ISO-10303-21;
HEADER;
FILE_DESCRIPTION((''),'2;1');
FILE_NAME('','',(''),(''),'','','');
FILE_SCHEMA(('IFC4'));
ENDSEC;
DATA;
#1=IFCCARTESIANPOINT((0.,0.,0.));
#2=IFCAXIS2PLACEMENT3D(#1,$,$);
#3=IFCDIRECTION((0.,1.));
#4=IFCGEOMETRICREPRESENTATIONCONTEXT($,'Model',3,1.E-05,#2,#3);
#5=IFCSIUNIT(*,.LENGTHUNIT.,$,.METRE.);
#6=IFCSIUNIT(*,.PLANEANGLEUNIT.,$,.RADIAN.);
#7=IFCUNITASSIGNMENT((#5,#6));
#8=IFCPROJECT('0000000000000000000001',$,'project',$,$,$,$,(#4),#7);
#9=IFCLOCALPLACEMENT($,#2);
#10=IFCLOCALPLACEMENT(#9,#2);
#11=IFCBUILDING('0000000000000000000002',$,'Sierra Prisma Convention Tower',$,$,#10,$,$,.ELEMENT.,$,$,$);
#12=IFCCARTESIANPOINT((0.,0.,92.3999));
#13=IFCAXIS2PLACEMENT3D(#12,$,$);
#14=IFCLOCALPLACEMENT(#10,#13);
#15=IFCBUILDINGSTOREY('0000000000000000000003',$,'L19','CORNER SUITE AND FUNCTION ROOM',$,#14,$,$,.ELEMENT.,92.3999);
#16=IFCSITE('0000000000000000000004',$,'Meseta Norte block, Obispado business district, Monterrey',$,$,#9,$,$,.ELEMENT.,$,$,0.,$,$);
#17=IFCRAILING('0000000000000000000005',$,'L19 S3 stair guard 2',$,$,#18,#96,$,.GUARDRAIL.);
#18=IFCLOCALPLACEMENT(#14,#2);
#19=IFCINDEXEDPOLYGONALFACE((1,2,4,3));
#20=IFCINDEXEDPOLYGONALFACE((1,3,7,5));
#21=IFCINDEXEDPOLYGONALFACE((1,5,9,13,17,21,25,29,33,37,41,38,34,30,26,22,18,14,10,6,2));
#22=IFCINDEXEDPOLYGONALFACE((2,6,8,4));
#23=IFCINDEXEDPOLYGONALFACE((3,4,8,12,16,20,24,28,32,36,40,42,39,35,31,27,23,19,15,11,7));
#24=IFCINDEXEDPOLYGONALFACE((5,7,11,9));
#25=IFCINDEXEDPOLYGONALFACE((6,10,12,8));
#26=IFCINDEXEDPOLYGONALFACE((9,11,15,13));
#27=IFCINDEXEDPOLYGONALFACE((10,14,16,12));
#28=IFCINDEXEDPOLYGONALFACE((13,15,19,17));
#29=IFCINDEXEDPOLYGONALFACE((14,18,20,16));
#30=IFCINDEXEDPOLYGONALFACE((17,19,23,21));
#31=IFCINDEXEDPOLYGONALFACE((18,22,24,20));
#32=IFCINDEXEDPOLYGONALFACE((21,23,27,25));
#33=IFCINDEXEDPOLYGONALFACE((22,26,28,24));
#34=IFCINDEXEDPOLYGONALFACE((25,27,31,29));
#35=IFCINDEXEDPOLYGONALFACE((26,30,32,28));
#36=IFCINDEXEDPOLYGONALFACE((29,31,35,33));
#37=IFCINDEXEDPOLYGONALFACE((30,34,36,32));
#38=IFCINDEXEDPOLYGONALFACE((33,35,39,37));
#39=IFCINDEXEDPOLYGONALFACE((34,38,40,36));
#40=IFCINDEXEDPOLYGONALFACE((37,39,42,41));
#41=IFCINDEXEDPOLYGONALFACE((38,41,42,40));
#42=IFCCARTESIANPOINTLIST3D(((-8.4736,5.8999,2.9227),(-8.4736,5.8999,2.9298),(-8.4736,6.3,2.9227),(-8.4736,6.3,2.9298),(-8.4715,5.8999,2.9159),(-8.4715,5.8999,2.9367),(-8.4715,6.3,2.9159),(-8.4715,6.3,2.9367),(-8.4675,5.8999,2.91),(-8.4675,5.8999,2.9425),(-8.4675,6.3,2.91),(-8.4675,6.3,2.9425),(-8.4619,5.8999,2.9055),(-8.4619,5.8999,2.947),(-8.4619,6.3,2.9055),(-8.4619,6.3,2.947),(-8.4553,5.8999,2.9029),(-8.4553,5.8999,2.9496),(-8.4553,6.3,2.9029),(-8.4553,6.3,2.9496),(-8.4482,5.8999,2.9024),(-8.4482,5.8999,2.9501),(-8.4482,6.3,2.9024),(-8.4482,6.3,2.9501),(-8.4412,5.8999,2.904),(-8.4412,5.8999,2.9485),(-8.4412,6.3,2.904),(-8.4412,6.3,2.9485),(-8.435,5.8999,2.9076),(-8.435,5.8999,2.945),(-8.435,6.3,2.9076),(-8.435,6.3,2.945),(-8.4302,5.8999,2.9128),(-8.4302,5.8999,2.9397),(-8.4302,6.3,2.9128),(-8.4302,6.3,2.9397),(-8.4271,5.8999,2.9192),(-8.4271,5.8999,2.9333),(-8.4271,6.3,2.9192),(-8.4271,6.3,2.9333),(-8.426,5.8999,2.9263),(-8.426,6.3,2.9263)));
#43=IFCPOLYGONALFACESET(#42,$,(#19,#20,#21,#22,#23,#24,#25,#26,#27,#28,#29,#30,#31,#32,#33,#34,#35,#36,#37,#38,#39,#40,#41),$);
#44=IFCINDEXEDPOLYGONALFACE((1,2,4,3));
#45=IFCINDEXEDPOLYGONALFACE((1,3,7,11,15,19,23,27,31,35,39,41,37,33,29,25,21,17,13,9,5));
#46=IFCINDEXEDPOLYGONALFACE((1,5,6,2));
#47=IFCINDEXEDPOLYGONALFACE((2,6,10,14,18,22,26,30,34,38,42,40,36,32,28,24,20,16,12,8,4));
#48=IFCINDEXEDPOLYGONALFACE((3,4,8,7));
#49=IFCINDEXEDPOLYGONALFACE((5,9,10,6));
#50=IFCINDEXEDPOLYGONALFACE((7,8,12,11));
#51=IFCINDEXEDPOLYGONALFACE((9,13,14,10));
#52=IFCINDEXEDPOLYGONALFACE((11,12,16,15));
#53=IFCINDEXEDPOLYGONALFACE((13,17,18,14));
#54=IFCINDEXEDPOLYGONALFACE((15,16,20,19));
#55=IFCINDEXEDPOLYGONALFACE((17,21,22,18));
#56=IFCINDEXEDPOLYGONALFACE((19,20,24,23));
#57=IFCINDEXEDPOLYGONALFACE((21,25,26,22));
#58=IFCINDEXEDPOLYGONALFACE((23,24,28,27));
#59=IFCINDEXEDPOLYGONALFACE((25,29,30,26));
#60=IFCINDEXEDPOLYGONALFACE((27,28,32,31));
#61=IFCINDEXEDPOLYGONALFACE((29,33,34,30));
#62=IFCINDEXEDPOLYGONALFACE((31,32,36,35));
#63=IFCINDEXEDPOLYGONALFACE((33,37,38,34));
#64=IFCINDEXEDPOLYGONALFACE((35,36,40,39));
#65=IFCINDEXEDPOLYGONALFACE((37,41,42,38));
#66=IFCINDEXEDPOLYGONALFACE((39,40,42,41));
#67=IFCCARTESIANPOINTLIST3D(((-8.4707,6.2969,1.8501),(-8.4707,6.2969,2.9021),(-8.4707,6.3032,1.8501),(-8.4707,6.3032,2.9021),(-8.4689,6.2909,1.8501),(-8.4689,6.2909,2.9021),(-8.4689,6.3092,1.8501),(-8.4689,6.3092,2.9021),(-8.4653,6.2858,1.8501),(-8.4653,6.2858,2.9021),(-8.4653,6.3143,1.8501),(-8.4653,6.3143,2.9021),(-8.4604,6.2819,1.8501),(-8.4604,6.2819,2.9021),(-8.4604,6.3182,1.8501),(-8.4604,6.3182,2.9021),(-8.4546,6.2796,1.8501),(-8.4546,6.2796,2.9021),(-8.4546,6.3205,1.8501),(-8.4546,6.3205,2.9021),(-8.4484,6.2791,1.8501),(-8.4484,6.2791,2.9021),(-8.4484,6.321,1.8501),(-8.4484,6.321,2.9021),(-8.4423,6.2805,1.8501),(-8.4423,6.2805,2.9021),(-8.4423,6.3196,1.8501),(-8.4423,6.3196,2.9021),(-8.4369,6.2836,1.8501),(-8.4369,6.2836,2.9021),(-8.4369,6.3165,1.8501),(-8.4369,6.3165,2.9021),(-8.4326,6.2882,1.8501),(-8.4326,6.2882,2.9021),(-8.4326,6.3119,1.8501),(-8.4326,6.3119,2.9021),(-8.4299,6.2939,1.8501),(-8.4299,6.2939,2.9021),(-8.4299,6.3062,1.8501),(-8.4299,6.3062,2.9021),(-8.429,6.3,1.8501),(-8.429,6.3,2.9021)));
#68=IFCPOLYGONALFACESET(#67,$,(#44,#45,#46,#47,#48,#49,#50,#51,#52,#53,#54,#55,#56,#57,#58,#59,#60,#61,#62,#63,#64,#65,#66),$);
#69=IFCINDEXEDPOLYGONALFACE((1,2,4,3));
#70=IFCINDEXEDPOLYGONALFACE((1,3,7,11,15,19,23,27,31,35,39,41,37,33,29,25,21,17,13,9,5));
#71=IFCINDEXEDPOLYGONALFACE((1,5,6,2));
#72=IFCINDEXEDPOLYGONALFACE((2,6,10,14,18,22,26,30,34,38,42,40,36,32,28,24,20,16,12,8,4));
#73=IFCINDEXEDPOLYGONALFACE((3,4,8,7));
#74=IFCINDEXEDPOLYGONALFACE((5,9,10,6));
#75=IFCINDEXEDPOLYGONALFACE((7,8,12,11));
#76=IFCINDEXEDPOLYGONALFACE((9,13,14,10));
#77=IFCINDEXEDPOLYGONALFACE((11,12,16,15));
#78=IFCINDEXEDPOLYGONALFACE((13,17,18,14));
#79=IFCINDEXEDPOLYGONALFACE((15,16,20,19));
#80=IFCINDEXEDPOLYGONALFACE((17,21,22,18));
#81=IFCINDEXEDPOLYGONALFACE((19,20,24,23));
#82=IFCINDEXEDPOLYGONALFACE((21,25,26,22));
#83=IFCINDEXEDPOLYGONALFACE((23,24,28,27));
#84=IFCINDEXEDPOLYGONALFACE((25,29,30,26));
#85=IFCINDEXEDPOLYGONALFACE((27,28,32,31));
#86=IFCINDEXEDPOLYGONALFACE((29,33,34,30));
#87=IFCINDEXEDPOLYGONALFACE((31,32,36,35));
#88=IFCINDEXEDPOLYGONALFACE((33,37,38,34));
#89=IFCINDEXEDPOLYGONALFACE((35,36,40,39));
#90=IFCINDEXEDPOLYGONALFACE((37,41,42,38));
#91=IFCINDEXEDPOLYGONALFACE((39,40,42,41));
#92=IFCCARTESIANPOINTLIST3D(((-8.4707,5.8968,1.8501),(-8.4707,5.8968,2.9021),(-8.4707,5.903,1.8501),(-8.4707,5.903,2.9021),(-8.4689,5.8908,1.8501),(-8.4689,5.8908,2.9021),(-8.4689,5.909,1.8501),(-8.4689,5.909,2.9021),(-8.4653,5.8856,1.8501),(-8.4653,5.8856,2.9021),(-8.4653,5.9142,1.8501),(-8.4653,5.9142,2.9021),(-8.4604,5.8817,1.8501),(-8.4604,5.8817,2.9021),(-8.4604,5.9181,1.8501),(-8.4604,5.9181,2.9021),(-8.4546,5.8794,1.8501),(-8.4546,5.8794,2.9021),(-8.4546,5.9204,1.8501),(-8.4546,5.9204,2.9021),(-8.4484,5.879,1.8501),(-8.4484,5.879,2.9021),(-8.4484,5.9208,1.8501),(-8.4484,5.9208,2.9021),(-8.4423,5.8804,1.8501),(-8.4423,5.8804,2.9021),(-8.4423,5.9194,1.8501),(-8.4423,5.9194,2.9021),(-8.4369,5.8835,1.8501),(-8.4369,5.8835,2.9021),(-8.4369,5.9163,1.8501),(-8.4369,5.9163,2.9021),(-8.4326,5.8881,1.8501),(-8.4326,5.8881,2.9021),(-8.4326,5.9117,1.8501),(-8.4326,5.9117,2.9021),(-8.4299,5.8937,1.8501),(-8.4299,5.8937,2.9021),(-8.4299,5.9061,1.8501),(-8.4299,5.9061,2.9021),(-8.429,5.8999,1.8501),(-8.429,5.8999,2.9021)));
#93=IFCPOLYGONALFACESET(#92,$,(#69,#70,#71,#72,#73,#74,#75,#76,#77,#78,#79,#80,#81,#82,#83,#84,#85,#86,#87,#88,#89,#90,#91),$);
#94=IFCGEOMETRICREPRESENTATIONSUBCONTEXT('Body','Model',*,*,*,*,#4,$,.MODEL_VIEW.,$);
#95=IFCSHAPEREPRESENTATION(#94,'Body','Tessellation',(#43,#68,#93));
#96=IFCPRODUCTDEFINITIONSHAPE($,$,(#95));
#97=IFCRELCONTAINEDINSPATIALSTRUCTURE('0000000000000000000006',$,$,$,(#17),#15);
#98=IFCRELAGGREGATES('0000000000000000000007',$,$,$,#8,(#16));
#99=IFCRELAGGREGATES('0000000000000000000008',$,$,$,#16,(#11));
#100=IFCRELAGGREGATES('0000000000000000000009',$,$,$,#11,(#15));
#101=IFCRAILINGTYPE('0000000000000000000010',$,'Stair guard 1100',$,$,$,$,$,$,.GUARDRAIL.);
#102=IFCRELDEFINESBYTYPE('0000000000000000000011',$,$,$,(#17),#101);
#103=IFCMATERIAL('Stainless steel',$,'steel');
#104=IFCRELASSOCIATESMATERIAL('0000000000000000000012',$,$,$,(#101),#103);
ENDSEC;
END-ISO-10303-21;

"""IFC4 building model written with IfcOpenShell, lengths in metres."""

from ifc_helpers import new_model, si_unit, direction, frame, origin, origin_2d, place, context, subcontext, project, spatial, circle, extrude, material, type_object, element, save


model = new_model("IFC4")

# Units and contexts
model_context = context("Model", 3, precision=1e-05, world=origin(), true_north=direction((0.0, 1.0)))
body_context = subcontext(model_context, "Body", "Model", "MODEL_VIEW")
ifc_project = project(units=[si_unit("LENGTHUNIT", "METRE"), si_unit("PLANEANGLEUNIT", "RADIAN")], contexts=[model_context])

# Site, building, storey
site_placement = place(None, origin())
site = spatial("IfcSite", under=ifc_project, at=site_placement, Name="Meseta Norte block, Obispado business district, Monterrey", CompositionType="ELEMENT", RefElevation=0.0)
building_placement = place(site_placement, origin())
building = spatial("IfcBuilding", under=site, at=building_placement, Name="Sierra Prisma Convention Tower", CompositionType="ELEMENT")
storey_placement = place(building_placement, frame((0.0, 0.0, 92.3999)))
storey = spatial("IfcBuildingStorey", under=building, at=storey_placement, Name="L19", Description="CORNER SUITE AND FUNCTION ROOM", CompositionType="ELEMENT", Elevation=92.3999)

# Railing
ifc_material_1 = material(Name="Stainless steel", Category="steel")
railing_type_1 = type_object("IfcRailingType", Name="Stair guard 1100", PredefinedType="GUARDRAIL", material=ifc_material_1)
railing_1_placement = place(storey_placement, frame((-8.45, 6.3, 1.8501)))
element("IfcRailing", 1, at=railing_1_placement, inside=storey, type_object=railing_type_1, Name="L19 S3 stair guard 2", PredefinedType="GUARDRAIL", context=body_context, shape_type="SweptSolid", body=[
    extrude(circle(Radius=0.0239, at=origin_2d()), frame((0.0, 0.0, 1.0762), z_axis=(0.0, -1.0, 0.0), x_axis=(1.0, 0.0, 0.0)), (0.0, 0.0, 1.0), 0.4001),
    extrude(circle(Radius=0.021, at=origin_2d()), origin(), (0.0, 0.0, 1.0), 1.052),
    extrude(circle(Radius=0.021, at=origin_2d()), frame((0.0, -0.4001, 0.0)), (0.0, 0.0, 1.0), 1.052),
])

save(model, "model.ifc")
